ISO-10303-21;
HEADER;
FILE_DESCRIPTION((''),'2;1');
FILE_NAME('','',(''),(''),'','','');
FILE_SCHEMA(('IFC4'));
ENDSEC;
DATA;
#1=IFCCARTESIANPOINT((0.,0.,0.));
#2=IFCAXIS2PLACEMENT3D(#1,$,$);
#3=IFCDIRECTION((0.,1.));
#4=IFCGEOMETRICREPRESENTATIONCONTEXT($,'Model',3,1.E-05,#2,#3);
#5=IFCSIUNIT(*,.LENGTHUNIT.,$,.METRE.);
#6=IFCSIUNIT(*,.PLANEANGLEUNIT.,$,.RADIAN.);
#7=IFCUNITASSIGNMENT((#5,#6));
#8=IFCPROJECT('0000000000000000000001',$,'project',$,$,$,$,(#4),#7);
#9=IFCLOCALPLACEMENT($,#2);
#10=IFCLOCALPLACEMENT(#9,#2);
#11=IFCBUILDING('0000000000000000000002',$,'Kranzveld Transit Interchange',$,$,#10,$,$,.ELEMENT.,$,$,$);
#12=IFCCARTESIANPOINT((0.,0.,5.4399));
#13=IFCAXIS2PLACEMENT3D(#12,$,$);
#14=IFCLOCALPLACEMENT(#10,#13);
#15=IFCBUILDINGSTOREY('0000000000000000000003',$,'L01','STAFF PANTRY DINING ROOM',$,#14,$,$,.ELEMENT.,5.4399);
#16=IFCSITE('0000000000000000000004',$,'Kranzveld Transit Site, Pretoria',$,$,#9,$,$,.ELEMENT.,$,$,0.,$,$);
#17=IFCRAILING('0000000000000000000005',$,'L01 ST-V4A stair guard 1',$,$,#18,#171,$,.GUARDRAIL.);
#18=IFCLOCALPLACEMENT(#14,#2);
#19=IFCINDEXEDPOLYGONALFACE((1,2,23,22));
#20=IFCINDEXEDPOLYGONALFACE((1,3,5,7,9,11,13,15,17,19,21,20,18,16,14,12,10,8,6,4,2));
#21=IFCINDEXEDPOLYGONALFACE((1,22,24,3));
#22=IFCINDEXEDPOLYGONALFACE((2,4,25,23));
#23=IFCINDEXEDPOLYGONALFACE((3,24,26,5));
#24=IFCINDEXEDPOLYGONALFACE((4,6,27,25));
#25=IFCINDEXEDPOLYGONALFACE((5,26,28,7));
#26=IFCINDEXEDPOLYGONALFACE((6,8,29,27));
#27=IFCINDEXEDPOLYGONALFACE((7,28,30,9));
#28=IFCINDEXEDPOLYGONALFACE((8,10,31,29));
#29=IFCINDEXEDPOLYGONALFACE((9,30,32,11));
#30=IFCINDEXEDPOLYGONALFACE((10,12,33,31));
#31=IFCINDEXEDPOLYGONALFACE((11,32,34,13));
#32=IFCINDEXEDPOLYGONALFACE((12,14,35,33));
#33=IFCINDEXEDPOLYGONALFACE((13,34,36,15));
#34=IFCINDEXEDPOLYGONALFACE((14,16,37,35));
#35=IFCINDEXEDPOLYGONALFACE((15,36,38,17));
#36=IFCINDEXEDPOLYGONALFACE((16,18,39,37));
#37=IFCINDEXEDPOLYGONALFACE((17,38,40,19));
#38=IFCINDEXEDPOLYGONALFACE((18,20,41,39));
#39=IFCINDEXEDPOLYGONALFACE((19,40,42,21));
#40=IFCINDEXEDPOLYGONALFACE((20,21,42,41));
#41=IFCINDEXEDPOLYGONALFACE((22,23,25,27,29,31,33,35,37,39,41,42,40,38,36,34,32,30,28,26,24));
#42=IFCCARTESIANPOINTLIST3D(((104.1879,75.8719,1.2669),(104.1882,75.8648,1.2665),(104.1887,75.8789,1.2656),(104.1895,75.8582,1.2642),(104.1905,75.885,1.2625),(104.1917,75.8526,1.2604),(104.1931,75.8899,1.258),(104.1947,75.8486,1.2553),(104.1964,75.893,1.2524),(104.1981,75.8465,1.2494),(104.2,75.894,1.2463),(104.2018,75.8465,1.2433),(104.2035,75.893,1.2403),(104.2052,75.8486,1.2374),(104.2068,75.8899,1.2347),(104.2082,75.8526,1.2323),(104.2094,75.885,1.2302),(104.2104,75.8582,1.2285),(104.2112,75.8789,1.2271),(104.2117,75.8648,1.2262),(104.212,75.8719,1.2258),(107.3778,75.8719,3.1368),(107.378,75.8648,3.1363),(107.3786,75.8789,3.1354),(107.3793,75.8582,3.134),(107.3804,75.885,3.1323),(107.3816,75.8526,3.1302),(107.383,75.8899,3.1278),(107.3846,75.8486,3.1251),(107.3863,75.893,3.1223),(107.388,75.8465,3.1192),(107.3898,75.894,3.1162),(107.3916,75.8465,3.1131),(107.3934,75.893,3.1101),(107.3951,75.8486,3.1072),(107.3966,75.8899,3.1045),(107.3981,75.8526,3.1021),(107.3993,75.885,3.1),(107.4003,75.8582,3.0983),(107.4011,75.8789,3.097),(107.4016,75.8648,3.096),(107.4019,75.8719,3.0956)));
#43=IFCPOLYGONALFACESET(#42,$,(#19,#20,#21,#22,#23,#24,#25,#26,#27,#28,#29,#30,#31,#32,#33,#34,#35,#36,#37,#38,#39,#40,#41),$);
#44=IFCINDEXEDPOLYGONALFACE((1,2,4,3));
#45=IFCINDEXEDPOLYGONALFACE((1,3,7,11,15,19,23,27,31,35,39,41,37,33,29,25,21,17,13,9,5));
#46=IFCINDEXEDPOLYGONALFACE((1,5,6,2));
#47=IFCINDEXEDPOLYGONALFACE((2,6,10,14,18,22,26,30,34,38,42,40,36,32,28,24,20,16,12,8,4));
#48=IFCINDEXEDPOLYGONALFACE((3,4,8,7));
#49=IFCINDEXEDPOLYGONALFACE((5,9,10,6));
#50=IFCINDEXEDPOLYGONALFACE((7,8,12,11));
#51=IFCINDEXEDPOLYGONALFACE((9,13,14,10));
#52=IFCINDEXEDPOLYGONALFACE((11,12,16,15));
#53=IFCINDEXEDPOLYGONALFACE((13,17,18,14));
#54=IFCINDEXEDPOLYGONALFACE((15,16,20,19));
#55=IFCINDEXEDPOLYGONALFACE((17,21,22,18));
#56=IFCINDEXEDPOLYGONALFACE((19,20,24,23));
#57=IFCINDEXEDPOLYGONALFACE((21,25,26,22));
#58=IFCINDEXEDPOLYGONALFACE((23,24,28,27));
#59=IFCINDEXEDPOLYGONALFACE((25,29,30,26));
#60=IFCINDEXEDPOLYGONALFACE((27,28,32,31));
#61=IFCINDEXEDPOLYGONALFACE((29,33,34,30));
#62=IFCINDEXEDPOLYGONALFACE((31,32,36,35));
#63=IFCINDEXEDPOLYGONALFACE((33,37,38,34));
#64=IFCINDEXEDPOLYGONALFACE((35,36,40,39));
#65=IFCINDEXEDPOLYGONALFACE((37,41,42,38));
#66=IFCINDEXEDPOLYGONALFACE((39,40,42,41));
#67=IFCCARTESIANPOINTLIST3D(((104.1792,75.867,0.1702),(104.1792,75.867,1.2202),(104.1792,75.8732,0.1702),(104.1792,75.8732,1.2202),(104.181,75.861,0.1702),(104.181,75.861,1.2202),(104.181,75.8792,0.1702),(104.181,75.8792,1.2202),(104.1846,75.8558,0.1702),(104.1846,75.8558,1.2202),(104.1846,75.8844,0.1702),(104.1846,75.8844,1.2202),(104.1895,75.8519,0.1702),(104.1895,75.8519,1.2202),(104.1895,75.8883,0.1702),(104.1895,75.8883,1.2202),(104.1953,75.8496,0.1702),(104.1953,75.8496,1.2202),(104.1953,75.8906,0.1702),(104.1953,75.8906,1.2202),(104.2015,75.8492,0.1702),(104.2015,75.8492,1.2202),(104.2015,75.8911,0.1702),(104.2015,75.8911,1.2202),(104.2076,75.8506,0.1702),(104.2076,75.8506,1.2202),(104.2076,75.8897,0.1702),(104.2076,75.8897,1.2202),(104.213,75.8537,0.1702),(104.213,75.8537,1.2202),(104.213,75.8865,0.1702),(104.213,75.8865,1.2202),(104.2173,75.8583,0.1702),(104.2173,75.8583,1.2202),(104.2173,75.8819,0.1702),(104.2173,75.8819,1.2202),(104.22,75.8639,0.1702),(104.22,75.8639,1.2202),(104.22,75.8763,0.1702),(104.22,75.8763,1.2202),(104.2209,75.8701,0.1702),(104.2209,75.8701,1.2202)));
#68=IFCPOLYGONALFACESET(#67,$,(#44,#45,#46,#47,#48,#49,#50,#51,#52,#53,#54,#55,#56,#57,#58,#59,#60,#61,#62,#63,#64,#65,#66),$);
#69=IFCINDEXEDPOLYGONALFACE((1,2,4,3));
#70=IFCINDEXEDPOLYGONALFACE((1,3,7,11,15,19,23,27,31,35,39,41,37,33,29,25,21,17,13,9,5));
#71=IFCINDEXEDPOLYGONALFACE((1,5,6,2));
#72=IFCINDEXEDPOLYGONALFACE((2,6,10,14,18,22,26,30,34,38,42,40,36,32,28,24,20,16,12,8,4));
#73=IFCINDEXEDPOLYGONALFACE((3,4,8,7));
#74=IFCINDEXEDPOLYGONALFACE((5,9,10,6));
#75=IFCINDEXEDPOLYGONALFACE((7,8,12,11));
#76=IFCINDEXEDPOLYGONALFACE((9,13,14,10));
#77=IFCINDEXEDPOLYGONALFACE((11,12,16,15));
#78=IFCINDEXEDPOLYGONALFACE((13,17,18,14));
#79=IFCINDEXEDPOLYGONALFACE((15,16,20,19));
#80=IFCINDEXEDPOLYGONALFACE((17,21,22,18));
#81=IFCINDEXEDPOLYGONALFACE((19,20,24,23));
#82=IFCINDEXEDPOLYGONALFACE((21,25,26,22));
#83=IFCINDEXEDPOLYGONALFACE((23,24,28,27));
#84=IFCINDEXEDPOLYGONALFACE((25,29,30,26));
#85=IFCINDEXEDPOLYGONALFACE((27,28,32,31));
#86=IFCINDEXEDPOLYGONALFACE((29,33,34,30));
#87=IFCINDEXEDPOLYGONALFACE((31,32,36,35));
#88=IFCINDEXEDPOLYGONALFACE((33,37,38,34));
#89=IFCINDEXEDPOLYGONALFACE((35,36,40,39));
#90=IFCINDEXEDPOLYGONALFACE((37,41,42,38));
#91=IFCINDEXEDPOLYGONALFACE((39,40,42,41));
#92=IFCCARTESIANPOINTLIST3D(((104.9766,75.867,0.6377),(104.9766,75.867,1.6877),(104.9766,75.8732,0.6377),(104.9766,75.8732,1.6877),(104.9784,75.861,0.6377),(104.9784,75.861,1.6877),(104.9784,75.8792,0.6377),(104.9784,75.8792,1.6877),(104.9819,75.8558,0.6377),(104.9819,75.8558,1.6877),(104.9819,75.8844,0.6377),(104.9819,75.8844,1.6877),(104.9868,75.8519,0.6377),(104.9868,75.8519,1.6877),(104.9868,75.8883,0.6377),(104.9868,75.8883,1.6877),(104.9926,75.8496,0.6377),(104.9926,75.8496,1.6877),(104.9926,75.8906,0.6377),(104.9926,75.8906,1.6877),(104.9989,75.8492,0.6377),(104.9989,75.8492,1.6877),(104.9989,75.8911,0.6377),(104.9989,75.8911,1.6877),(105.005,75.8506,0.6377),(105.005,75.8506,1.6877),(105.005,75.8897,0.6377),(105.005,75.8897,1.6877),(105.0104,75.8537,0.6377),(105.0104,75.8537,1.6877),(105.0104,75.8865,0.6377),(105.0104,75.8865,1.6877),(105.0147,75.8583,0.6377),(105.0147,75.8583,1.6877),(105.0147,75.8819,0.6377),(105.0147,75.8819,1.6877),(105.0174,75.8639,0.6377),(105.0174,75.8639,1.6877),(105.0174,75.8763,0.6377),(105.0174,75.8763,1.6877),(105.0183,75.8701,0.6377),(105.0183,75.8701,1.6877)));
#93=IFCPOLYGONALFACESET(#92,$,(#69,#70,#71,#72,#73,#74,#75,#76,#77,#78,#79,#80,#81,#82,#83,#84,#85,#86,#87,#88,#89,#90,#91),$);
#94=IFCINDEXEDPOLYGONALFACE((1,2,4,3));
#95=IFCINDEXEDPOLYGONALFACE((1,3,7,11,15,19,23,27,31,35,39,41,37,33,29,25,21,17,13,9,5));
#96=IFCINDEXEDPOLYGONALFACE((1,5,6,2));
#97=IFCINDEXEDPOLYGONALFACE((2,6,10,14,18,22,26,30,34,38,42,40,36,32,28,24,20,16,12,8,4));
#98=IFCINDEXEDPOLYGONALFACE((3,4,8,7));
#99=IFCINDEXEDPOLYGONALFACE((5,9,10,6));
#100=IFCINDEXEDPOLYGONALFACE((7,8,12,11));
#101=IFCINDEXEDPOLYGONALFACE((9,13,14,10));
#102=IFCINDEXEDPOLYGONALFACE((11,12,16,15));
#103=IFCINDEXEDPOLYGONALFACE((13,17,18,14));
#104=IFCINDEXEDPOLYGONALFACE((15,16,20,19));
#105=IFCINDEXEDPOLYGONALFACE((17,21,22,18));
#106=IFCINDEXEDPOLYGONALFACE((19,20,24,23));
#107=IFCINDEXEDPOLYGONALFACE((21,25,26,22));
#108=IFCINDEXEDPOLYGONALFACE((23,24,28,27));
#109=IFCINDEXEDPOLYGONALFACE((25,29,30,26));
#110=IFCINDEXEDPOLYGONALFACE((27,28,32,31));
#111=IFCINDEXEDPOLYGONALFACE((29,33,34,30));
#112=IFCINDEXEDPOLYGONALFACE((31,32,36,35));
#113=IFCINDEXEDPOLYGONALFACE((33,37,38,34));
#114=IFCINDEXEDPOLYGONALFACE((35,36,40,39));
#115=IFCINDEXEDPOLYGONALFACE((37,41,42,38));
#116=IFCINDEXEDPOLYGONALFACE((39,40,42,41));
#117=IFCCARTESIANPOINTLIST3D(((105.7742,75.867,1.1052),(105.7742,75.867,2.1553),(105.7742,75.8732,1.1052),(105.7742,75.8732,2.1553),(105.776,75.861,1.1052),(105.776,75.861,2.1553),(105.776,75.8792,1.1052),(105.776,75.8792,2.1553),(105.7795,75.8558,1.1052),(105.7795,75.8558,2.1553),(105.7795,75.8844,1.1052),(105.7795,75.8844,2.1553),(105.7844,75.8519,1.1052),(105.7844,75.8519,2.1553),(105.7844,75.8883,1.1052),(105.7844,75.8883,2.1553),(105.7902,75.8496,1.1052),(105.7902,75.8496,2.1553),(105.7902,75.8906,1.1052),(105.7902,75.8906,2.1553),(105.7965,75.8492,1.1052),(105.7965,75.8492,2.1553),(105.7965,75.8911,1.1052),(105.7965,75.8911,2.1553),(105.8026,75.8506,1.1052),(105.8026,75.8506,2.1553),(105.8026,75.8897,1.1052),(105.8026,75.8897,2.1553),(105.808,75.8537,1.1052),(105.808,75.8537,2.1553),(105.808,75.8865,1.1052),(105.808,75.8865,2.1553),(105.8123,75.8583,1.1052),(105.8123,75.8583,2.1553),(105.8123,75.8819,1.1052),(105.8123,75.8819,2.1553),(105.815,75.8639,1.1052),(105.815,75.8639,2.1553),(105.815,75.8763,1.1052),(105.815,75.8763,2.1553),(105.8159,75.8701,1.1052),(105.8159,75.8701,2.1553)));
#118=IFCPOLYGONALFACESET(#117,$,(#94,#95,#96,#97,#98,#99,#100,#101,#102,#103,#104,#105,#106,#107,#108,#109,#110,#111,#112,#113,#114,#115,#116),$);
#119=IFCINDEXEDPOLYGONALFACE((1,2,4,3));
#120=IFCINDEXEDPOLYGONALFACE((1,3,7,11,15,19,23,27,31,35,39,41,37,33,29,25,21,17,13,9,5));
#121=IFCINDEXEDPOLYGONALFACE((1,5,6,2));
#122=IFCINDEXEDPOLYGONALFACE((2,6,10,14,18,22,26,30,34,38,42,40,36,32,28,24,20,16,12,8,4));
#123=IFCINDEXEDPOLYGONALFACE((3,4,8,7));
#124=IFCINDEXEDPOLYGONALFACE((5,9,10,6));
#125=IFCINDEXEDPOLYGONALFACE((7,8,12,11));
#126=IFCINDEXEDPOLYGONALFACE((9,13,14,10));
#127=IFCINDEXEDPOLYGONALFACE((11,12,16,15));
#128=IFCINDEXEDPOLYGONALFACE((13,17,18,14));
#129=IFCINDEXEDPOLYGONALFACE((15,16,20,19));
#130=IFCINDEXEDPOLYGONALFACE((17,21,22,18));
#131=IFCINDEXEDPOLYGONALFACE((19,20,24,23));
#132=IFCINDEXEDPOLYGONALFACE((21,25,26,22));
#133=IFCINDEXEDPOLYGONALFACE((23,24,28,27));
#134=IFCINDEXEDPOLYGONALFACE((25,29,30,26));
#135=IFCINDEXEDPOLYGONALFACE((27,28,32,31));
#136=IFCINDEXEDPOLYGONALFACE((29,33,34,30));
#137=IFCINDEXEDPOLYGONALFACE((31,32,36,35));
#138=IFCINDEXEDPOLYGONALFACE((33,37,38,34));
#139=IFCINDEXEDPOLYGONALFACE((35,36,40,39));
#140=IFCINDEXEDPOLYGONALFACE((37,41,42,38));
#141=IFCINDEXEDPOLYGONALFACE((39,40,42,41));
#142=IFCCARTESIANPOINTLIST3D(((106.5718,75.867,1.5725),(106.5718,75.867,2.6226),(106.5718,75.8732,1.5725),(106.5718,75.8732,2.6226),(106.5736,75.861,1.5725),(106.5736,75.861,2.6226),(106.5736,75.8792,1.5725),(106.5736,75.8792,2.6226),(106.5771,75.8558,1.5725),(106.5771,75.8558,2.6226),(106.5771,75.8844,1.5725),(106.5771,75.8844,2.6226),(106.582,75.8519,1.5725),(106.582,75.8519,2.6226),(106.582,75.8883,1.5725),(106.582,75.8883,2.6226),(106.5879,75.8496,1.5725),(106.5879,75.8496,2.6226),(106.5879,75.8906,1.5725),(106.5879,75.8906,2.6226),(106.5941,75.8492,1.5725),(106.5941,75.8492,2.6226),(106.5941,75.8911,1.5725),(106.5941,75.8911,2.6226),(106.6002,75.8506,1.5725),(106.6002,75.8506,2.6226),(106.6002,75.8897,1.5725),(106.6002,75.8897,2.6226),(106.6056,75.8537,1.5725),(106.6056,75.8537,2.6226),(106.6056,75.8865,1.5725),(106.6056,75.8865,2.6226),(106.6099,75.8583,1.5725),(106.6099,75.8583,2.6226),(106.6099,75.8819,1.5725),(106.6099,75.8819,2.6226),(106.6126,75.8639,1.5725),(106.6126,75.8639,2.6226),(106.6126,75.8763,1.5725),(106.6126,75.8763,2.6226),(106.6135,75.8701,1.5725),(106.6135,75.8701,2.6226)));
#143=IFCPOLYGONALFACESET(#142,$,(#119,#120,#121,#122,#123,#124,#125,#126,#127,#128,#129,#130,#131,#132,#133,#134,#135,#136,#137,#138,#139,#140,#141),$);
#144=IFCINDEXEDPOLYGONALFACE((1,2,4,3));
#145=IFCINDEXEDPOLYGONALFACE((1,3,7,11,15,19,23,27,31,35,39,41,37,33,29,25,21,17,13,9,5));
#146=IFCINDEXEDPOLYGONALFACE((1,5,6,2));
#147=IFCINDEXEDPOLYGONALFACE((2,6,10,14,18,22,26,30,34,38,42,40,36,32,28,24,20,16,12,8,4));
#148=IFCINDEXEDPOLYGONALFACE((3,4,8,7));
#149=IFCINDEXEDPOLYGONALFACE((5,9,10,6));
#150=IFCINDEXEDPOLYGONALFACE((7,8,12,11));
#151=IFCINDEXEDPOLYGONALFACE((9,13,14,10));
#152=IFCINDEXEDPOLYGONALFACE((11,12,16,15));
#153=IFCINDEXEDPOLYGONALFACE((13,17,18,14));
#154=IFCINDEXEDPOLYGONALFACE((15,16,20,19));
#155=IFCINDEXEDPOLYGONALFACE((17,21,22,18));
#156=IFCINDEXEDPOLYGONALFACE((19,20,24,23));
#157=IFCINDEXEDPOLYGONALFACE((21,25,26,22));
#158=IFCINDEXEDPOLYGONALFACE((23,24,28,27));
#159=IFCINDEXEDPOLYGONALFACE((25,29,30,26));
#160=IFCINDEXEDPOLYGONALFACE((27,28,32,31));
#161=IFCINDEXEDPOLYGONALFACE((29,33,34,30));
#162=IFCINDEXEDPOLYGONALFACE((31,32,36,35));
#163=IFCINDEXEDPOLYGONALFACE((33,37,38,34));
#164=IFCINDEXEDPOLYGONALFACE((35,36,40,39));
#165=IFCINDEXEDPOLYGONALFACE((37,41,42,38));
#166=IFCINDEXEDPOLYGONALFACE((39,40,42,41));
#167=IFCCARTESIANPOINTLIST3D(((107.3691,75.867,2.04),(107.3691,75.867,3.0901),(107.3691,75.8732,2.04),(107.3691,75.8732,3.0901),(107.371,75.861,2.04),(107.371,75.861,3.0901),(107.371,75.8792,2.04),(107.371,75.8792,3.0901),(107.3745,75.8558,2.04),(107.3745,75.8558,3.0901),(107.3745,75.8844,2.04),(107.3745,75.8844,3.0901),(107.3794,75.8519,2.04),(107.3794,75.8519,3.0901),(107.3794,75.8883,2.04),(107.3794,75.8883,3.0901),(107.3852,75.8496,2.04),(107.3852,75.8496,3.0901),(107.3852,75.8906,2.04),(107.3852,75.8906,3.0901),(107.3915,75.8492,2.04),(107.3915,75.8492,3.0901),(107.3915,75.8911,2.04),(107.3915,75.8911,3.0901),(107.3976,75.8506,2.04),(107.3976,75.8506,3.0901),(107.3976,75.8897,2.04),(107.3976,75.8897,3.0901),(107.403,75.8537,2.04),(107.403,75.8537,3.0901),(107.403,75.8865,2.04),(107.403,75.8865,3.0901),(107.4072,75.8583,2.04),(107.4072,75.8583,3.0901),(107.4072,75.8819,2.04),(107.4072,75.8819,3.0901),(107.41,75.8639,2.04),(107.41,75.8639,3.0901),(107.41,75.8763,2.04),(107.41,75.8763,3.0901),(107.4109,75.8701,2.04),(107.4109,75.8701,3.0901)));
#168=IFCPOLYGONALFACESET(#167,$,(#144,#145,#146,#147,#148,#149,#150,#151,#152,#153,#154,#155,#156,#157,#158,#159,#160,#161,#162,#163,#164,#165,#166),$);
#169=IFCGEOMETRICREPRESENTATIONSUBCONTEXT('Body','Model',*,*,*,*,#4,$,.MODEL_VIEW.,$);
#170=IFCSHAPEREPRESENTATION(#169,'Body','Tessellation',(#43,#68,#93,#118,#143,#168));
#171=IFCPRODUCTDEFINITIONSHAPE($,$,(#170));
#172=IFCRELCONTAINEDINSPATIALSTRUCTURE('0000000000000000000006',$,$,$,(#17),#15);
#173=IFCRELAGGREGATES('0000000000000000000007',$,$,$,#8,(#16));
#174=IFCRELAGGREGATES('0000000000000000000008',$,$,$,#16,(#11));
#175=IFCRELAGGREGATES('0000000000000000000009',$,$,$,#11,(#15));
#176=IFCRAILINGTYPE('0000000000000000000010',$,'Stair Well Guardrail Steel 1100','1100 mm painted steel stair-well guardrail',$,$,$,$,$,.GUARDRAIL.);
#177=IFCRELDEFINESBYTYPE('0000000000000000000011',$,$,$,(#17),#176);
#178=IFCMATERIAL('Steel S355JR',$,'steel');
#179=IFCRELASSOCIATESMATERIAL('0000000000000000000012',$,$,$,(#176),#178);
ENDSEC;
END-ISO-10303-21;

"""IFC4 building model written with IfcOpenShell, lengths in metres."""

from ifc_helpers import new_model, si_unit, direction, frame, origin, origin_2d, place, context, subcontext, project, spatial, circle, extrude, material, type_object, element, save


model = new_model("IFC4")

# Units and contexts
model_context = context("Model", 3, precision=1e-05, world=origin(), true_north=direction((0.0, 1.0)))
body_context = subcontext(model_context, "Body", "Model", "MODEL_VIEW")
ifc_project = project(units=[si_unit("LENGTHUNIT", "METRE"), si_unit("PLANEANGLEUNIT", "RADIAN")], contexts=[model_context])

# Site, building, storey
site_placement = place(None, origin())
site = spatial("IfcSite", under=ifc_project, at=site_placement, Name="Kranzveld Transit Site, Pretoria", CompositionType="ELEMENT", RefElevation=0.0)
building_placement = place(site_placement, origin())
building = spatial("IfcBuilding", under=site, at=building_placement, Name="Kranzveld Transit Interchange", CompositionType="ELEMENT")
storey_placement = place(building_placement, frame((0.0, 0.0, 5.4399)))
storey = spatial("IfcBuildingStorey", under=building, at=storey_placement, Name="L01", Description="STAFF PANTRY DINING ROOM", CompositionType="ELEMENT", Elevation=5.4399)

# Railing
ifc_material_1 = material(Name="Steel S355JR", Category="steel")
railing_type_1 = type_object("IfcRailingType", Name="Stair Well Guardrail Steel 1100", Description="1100 mm painted steel stair-well guardrail", PredefinedType="GUARDRAIL", material=ifc_material_1)
railing_1_placement = place(storey_placement, frame((104.2, 75.8701, 0.1702)))
element("IfcRailing", 1, at=railing_1_placement, inside=storey, type_object=railing_type_1, Name="L01 ST-V4A stair guard 1", PredefinedType="GUARDRAIL", context=body_context, shape_type="SweptSolid", body=[
    extrude(circle(Radius=0.0239, at=origin_2d()), frame((0.0, 0.0, 1.0762), z_axis=(0.862709, 0.0, 0.505701), x_axis=(0.0, 1.0, 0.0)), (0.0, 0.0, 1.0), 3.6975),
    extrude(circle(Radius=0.021, at=origin_2d()), origin(), (0.0, 0.0, 1.0), 1.05),
    extrude(circle(Radius=0.021, at=origin_2d()), frame((0.7974, 0.0, 0.4675)), (0.0, 0.0, 1.0), 1.05),
    extrude(circle(Radius=0.021, at=origin_2d()), frame((1.595, 0.0, 0.9351)), (0.0, 0.0, 1.0), 1.05),
    extrude(circle(Radius=0.021, at=origin_2d()), frame((2.3926, 0.0, 1.4023)), (0.0, 0.0, 1.0), 1.05),
    extrude(circle(Radius=0.021, at=origin_2d()), frame((3.1899, 0.0, 1.8699)), (0.0, 0.0, 1.0), 1.05),
])

save(model, "model.ifc")
